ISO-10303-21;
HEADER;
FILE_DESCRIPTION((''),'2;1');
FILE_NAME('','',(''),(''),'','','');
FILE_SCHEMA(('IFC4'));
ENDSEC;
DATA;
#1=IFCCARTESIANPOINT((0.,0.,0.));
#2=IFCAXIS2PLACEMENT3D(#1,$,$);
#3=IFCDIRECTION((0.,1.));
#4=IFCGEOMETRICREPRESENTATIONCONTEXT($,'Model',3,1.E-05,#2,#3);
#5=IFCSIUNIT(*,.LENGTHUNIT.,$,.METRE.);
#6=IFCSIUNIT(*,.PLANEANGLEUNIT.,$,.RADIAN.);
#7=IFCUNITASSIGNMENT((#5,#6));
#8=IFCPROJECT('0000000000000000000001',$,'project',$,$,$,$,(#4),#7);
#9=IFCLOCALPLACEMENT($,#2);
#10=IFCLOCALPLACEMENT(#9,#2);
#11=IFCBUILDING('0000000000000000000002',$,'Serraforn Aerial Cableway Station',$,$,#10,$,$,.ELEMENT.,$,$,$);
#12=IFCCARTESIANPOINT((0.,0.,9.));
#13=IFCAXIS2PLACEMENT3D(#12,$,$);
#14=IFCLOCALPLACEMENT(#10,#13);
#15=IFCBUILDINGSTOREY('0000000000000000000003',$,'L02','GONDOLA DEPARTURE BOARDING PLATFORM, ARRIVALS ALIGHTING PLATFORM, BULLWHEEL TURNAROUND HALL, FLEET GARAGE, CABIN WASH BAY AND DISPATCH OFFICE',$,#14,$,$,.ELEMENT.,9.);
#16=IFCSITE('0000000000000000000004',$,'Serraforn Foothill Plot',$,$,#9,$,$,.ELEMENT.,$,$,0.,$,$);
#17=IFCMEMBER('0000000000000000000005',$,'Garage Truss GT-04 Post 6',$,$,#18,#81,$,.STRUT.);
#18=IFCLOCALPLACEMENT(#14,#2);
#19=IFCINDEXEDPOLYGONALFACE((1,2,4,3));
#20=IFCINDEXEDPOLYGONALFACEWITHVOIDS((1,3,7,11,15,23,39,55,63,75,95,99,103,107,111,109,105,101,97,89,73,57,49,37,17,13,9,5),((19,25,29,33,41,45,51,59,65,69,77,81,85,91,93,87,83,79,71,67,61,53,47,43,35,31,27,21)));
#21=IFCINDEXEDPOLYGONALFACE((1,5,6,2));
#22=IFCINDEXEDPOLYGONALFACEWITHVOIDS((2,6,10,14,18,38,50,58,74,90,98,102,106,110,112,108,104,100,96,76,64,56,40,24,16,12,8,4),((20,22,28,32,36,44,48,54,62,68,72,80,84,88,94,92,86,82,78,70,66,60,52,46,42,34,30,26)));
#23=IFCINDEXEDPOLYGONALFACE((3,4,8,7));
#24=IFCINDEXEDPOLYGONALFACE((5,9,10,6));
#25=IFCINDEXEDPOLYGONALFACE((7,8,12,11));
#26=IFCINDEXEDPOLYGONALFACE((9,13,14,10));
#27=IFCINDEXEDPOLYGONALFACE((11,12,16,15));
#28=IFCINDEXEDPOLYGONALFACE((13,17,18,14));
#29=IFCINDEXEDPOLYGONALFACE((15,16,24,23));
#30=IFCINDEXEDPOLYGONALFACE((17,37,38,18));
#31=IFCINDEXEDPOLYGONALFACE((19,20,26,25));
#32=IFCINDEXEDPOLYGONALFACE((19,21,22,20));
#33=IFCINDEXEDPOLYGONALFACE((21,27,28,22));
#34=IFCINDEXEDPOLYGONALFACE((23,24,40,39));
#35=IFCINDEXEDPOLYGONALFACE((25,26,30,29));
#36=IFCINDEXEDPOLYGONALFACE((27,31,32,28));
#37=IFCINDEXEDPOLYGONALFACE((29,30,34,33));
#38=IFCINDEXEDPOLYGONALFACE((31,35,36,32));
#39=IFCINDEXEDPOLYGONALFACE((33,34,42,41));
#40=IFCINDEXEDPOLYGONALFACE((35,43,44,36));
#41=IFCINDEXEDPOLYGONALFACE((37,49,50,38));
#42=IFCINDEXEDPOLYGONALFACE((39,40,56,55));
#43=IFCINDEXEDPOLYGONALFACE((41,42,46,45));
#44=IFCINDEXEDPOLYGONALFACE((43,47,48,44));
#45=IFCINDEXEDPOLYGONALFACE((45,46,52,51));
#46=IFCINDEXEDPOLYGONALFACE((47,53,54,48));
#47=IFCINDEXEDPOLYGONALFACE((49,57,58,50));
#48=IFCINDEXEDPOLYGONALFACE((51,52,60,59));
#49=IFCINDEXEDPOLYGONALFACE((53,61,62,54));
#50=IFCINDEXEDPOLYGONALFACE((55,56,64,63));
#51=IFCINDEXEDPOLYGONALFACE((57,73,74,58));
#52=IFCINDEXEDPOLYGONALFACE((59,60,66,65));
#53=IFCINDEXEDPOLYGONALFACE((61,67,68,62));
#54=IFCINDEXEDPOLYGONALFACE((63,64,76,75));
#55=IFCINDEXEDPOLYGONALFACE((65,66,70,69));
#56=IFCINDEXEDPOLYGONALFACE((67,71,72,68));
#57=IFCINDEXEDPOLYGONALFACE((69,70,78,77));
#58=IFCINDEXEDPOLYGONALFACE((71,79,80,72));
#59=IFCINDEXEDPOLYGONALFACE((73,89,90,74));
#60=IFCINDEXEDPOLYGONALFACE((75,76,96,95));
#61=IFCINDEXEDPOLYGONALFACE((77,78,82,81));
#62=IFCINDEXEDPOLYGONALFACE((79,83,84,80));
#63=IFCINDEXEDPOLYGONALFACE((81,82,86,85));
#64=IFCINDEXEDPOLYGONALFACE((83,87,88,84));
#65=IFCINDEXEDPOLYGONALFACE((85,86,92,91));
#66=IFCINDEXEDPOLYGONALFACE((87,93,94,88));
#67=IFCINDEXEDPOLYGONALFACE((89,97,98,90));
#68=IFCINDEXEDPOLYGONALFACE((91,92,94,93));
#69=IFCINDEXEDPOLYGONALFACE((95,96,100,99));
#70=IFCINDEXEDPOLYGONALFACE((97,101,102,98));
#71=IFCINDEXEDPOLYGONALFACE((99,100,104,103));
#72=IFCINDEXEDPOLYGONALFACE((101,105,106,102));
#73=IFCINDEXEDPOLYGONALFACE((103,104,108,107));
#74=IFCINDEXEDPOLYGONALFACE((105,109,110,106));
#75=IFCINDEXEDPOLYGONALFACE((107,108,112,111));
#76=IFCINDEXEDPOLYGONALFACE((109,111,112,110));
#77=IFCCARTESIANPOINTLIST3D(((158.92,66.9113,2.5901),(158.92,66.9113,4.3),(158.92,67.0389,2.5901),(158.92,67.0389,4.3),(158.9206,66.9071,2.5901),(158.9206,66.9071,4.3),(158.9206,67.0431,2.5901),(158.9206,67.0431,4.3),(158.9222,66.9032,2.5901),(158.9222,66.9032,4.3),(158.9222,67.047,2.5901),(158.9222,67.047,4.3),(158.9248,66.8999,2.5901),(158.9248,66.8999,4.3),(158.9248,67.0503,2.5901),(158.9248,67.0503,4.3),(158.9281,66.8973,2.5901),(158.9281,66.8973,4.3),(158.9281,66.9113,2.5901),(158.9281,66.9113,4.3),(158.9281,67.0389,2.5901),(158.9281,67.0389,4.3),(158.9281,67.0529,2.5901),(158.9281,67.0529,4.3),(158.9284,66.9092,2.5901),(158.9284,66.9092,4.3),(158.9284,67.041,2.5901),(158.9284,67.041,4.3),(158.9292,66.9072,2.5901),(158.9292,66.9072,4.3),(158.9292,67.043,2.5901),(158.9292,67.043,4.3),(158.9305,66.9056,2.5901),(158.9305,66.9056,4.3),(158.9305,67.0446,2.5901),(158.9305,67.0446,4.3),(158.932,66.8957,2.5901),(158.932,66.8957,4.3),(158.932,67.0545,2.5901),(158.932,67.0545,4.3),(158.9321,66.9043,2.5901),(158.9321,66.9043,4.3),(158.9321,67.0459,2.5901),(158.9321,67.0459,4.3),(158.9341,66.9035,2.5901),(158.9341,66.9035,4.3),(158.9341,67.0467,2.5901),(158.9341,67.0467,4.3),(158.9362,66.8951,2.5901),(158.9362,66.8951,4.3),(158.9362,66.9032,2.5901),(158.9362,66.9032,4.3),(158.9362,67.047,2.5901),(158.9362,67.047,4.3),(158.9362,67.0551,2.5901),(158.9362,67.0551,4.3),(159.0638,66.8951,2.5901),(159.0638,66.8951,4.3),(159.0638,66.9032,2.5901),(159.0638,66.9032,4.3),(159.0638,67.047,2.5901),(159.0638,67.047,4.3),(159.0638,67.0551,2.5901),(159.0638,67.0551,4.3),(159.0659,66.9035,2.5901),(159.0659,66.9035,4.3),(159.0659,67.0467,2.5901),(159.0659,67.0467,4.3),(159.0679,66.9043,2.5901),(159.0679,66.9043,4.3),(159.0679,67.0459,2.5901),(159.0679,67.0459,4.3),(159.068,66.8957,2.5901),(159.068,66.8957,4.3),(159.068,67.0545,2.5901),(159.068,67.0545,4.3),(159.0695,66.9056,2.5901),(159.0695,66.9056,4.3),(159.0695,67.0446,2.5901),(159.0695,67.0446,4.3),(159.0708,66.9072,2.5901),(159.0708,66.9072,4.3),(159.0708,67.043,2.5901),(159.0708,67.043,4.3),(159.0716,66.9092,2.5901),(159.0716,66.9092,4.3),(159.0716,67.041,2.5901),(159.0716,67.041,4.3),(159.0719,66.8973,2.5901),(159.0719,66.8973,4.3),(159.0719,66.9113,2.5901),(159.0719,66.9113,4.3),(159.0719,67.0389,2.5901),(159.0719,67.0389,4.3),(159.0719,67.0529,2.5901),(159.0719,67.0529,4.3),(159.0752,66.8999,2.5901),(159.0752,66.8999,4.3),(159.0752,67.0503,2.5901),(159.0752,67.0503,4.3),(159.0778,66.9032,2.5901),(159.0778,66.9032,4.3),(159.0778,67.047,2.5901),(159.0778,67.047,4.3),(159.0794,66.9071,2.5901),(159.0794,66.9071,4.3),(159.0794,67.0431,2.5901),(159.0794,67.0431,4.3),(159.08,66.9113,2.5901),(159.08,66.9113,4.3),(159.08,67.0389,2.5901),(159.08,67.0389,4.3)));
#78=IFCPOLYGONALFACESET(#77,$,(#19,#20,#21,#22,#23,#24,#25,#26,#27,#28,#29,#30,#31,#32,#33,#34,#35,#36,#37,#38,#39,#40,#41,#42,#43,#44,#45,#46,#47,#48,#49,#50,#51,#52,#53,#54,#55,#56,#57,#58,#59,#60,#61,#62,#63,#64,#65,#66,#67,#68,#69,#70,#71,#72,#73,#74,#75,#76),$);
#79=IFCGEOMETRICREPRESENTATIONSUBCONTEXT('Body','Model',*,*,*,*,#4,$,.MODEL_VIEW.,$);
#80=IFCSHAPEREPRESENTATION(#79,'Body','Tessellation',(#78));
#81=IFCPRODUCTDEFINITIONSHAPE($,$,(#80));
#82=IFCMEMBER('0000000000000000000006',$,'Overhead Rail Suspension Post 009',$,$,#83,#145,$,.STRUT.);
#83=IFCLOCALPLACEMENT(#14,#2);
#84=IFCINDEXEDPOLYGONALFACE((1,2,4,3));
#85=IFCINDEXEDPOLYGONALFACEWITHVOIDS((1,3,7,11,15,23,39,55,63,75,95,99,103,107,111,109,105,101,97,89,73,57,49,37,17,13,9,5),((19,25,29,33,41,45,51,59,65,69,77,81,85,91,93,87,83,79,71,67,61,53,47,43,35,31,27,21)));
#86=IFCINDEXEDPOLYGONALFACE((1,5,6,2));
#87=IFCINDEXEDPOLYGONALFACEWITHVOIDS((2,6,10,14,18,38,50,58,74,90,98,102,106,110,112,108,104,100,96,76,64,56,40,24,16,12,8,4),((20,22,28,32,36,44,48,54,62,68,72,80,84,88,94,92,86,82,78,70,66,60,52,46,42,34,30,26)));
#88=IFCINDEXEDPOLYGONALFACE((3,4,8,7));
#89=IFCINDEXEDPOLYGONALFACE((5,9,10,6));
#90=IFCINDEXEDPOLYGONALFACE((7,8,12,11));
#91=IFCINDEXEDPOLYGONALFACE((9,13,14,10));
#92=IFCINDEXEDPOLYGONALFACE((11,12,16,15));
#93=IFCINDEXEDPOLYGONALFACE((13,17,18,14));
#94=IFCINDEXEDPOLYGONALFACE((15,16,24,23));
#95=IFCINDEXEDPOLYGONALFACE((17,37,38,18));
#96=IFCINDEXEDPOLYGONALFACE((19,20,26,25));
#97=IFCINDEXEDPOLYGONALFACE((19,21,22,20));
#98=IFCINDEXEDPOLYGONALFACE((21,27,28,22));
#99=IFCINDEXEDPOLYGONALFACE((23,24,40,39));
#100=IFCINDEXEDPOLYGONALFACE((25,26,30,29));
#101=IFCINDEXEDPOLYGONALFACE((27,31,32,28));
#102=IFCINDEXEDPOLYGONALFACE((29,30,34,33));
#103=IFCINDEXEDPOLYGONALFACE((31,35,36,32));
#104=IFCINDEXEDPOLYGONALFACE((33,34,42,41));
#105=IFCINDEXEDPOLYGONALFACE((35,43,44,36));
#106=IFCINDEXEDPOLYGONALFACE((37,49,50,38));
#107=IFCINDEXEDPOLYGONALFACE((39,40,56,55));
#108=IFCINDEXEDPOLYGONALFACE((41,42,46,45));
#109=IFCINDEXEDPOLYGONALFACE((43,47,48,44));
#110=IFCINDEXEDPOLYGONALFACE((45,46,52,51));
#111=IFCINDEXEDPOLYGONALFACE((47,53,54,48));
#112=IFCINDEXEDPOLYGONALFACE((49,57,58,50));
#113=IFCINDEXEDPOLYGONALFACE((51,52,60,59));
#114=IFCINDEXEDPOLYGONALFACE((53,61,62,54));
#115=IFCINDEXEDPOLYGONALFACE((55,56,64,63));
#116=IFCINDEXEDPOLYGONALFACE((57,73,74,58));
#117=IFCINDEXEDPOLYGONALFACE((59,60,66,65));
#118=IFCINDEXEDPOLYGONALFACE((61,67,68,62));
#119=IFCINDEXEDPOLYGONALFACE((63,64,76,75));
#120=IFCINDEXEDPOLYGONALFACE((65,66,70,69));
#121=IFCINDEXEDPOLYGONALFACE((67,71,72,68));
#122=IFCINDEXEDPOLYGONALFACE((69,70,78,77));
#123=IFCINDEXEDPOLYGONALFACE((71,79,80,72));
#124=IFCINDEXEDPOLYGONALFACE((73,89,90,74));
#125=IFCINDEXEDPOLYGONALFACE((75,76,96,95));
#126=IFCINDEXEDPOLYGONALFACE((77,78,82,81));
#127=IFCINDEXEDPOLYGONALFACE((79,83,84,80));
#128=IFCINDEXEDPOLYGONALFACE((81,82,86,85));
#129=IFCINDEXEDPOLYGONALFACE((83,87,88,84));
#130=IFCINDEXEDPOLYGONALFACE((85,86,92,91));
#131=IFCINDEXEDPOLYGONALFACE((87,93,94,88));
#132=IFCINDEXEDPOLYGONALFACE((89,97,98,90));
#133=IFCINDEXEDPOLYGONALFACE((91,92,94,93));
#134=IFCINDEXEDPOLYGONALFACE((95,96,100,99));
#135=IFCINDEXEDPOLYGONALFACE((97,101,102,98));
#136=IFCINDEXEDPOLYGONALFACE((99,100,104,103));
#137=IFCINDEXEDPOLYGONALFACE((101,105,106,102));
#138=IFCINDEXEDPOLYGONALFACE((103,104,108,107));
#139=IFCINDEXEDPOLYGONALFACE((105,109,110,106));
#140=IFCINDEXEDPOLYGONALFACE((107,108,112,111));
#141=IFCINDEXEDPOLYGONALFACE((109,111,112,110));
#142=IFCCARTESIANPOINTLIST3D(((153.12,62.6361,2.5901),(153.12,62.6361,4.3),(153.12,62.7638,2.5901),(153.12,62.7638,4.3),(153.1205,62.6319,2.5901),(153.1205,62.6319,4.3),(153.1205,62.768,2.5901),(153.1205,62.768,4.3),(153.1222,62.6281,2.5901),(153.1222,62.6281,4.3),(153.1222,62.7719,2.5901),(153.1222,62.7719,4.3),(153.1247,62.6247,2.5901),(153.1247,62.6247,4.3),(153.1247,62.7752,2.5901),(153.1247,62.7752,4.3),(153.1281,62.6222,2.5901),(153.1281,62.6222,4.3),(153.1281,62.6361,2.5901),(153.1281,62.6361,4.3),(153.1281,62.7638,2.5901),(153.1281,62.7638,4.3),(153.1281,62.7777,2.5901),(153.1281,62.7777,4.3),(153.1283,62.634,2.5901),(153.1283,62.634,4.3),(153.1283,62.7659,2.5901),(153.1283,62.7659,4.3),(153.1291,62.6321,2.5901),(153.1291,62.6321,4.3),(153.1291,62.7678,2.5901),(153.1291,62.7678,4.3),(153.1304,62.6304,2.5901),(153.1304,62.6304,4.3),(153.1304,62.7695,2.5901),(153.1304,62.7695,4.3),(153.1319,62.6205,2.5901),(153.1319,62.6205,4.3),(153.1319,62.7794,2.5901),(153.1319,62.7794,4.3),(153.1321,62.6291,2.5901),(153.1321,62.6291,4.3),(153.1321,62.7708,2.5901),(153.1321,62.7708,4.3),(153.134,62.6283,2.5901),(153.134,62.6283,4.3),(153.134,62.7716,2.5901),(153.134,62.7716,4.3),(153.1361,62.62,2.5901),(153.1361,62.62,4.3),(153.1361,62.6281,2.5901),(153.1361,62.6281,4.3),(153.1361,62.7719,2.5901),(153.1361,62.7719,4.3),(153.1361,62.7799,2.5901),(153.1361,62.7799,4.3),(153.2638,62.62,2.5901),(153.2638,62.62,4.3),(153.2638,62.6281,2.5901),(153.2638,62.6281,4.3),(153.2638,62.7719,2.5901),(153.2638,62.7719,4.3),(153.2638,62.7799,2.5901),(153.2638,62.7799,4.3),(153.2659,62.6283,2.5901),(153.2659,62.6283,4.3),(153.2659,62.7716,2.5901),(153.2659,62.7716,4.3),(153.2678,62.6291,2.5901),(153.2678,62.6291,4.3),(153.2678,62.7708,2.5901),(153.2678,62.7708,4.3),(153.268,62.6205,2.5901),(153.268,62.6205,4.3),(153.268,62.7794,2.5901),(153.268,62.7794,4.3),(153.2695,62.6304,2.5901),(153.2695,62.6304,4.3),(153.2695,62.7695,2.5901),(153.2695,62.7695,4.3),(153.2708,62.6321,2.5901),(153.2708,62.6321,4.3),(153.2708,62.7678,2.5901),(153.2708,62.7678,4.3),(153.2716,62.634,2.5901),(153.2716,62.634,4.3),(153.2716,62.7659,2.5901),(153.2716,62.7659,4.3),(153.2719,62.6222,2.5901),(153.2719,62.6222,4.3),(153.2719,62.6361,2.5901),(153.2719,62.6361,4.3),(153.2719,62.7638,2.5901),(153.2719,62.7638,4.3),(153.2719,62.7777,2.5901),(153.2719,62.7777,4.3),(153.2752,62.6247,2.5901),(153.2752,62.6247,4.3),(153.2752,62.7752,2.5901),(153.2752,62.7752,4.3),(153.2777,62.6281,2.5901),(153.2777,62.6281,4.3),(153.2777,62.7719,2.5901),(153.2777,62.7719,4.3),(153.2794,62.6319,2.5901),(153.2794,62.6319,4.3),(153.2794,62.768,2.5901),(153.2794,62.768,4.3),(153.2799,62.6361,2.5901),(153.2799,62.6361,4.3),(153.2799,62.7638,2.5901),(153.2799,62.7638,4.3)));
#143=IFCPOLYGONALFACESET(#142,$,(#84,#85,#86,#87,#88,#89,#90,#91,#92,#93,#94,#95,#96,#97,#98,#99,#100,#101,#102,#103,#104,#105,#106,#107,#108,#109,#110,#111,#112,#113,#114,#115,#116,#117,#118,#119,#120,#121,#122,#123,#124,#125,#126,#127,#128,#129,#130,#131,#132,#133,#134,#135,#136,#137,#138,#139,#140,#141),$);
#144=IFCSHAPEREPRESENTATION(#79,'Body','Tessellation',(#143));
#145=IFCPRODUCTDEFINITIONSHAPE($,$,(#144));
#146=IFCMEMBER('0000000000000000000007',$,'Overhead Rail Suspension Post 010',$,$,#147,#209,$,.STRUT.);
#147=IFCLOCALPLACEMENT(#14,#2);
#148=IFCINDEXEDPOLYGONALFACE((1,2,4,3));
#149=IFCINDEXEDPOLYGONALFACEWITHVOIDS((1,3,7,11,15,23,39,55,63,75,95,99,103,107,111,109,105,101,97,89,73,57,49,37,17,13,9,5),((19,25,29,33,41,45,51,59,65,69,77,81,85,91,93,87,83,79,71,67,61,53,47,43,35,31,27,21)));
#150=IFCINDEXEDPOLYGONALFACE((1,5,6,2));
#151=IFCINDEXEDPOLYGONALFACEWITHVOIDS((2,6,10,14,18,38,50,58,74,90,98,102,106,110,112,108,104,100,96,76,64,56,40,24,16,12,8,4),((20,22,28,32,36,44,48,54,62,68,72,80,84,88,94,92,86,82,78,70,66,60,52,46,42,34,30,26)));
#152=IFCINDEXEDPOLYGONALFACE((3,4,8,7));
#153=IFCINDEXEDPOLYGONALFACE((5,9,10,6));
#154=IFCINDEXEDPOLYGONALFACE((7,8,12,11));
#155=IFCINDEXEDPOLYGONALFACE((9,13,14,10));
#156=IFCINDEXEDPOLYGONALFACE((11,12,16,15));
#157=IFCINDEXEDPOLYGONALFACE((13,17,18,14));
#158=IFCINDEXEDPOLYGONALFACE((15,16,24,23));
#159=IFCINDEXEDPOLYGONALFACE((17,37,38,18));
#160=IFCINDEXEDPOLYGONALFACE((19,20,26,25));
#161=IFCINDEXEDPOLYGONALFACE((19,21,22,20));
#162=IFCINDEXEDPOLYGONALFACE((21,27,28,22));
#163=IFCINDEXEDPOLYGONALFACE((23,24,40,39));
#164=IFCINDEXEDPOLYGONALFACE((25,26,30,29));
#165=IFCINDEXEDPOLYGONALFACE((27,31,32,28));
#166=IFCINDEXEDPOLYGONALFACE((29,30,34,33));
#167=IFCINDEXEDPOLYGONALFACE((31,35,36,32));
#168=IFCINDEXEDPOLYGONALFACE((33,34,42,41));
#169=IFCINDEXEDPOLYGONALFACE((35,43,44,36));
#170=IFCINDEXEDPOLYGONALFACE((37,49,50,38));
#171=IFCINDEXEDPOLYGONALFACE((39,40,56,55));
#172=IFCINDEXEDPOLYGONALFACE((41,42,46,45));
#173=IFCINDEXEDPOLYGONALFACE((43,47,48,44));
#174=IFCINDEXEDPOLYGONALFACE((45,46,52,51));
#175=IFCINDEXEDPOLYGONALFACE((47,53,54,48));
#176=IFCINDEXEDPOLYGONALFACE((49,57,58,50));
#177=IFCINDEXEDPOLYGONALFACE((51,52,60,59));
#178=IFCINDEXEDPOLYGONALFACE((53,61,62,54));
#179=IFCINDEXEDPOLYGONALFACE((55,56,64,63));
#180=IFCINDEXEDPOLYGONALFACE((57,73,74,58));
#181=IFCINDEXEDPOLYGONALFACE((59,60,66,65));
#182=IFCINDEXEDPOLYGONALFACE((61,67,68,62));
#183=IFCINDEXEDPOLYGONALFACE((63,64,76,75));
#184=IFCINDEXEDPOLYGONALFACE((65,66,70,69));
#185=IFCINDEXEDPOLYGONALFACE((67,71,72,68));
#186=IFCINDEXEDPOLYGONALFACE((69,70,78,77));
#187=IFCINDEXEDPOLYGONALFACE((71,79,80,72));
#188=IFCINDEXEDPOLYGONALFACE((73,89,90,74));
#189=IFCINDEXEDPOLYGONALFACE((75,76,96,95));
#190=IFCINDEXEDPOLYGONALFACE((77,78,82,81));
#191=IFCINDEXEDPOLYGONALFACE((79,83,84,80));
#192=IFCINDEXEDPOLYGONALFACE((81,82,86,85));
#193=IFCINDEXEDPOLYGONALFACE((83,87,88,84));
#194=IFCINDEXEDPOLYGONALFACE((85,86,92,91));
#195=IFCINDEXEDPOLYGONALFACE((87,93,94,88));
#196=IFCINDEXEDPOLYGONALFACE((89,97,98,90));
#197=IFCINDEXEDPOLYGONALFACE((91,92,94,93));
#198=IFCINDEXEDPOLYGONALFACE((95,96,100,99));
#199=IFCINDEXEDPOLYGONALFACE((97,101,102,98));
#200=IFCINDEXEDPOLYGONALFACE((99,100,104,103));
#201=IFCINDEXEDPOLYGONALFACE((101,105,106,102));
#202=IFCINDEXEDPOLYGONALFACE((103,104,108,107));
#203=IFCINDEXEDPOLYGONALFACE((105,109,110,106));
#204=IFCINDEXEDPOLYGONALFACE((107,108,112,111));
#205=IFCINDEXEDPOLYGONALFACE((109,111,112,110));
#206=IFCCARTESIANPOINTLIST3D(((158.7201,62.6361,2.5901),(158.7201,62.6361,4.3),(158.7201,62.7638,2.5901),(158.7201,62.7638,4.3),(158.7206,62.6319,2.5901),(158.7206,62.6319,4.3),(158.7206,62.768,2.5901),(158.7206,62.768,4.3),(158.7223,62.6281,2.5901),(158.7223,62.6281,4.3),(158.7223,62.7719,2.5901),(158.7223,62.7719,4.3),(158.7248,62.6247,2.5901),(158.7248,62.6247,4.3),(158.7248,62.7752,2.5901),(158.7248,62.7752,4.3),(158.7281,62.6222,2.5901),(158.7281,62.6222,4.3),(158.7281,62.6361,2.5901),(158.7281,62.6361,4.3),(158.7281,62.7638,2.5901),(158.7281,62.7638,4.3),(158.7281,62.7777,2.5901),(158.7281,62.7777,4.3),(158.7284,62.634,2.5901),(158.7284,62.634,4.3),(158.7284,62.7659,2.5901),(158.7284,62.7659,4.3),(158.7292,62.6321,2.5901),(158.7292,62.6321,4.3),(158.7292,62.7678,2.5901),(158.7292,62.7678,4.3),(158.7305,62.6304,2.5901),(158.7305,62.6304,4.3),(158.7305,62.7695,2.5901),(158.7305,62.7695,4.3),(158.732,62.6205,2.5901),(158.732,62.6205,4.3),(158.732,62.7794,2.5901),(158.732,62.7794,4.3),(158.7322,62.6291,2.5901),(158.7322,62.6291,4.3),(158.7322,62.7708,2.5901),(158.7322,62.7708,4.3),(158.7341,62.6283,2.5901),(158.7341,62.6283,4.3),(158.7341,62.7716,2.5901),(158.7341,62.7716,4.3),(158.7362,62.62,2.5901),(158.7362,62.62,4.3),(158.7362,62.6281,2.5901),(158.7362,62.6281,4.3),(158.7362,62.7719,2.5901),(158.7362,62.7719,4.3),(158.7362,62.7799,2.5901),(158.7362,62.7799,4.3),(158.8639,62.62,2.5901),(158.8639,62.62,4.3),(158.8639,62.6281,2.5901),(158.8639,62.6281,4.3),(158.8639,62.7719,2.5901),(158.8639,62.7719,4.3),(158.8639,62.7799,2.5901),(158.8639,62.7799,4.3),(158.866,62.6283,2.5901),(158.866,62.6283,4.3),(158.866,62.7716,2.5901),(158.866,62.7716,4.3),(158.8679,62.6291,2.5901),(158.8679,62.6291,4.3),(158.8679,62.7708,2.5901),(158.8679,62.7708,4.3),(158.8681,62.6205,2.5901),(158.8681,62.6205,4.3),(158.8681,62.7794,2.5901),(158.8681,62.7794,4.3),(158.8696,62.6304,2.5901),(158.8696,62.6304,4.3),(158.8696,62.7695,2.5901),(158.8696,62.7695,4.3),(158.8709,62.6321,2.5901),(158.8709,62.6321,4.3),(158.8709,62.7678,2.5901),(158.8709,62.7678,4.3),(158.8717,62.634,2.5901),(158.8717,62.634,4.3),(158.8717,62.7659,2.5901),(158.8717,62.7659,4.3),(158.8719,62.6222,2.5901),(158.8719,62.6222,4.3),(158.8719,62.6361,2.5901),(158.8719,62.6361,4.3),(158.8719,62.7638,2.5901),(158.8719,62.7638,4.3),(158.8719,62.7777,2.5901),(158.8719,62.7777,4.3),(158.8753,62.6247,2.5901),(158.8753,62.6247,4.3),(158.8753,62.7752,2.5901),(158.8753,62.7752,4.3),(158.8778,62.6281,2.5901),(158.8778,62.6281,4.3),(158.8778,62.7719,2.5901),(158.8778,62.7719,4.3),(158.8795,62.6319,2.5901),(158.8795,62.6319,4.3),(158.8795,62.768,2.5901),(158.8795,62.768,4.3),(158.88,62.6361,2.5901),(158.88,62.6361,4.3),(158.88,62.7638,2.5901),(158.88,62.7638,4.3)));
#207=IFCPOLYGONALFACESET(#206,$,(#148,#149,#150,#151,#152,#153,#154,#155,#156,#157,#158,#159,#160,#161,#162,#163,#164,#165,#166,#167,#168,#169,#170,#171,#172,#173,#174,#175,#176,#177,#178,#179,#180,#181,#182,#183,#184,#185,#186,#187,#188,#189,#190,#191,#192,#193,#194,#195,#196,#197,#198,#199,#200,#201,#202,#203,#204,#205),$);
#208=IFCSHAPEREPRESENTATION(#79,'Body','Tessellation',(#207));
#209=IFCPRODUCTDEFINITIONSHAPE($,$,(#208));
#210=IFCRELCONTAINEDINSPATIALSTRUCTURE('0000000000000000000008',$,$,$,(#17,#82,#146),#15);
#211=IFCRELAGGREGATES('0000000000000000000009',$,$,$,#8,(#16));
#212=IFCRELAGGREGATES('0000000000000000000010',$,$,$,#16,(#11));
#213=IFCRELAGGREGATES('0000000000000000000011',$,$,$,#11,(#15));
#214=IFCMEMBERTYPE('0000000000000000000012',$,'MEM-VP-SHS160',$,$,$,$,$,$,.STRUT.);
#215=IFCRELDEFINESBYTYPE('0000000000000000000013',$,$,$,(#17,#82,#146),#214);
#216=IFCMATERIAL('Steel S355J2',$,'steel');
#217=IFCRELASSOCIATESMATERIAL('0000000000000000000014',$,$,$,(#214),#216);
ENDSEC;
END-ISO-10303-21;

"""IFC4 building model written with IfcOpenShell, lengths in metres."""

from ifc_helpers import new_model, si_unit, direction, frame, origin, origin_2d, place, context, subcontext, project, spatial, hollow_rectangle, extrude, material, material_profile, profile_set, type_object, element, save


model = new_model("IFC4")

# Units and contexts
model_context = context("Model", 3, precision=1e-05, world=origin(), true_north=direction((0.0, 1.0)))
body_context = subcontext(model_context, "Body", "Model", "MODEL_VIEW")
ifc_project = project(units=[si_unit("LENGTHUNIT", "METRE"), si_unit("PLANEANGLEUNIT", "RADIAN")], contexts=[model_context])

# Site, building, storey
site_placement = place(None, origin())
site = spatial("IfcSite", under=ifc_project, at=site_placement, Name="Serraforn Foothill Plot", CompositionType="ELEMENT", RefElevation=0.0)
building_placement = place(site_placement, origin())
building = spatial("IfcBuilding", under=site, at=building_placement, Name="Serraforn Aerial Cableway Station", CompositionType="ELEMENT")
storey_placement = place(building_placement, frame((0.0, 0.0, 9.0)))
storey = spatial("IfcBuildingStorey", under=building, at=storey_placement, Name="L02", Description="GONDOLA DEPARTURE BOARDING PLATFORM, ARRIVALS ALIGHTING PLATFORM, BULLWHEEL TURNAROUND HALL, FLEET GARAGE, CABIN WASH BAY AND DISPATCH OFFICE", CompositionType="ELEMENT", Elevation=9.0)

# Members
ifc_material_1 = material(Name="Steel S355J2", Category="steel")
ifc_material_profile_1 = material_profile(ifc_material_1, hollow_rectangle(XDim=0.1599, YDim=0.1599, WallThickness=0.0081, InnerFilletRadius=0.0081, OuterFilletRadius=0.0161, at=origin_2d()), Name="SHS 160x160x8.0")
ifc_profile_set_1 = profile_set([ifc_material_profile_1], Name="Steel S355J2")
member_type_1 = type_object("IfcMemberType", Name="MEM-VP-SHS160", PredefinedType="STRUT", material=ifc_profile_set_1)
for number, where, z_axis, x_axis, name in (
    (1, (159.0, 66.9751, 2.5901), (0.0, 0.0, 1.0), (1.0, 0.0, 0.0), "Garage Truss GT-04 Post 6"),
    (2, (153.2, 62.7, 2.5901), (0.0, 0.0, 1.0), (1.0, 0.0, 0.0), "Overhead Rail Suspension Post 009"),
    (3, (158.8, 62.7, 2.5901), (0.0, 0.0, 1.0), (1.0, 0.0, 0.0), "Overhead Rail Suspension Post 010"),
):
    element("IfcMember", number, at=place(storey_placement, frame(where, z_axis=z_axis, x_axis=x_axis)), inside=storey, type_object=member_type_1, Name=name, PredefinedType="STRUT", context=body_context, shape_type="SweptSolid", body=[
        extrude(hollow_rectangle(XDim=0.1599, YDim=0.1599, WallThickness=0.0081, InnerFilletRadius=0.0081, OuterFilletRadius=0.0161, at=origin_2d()), origin(), (0.0, 0.0, 1.0), 1.71),
    ])

save(model, "model.ifc")
